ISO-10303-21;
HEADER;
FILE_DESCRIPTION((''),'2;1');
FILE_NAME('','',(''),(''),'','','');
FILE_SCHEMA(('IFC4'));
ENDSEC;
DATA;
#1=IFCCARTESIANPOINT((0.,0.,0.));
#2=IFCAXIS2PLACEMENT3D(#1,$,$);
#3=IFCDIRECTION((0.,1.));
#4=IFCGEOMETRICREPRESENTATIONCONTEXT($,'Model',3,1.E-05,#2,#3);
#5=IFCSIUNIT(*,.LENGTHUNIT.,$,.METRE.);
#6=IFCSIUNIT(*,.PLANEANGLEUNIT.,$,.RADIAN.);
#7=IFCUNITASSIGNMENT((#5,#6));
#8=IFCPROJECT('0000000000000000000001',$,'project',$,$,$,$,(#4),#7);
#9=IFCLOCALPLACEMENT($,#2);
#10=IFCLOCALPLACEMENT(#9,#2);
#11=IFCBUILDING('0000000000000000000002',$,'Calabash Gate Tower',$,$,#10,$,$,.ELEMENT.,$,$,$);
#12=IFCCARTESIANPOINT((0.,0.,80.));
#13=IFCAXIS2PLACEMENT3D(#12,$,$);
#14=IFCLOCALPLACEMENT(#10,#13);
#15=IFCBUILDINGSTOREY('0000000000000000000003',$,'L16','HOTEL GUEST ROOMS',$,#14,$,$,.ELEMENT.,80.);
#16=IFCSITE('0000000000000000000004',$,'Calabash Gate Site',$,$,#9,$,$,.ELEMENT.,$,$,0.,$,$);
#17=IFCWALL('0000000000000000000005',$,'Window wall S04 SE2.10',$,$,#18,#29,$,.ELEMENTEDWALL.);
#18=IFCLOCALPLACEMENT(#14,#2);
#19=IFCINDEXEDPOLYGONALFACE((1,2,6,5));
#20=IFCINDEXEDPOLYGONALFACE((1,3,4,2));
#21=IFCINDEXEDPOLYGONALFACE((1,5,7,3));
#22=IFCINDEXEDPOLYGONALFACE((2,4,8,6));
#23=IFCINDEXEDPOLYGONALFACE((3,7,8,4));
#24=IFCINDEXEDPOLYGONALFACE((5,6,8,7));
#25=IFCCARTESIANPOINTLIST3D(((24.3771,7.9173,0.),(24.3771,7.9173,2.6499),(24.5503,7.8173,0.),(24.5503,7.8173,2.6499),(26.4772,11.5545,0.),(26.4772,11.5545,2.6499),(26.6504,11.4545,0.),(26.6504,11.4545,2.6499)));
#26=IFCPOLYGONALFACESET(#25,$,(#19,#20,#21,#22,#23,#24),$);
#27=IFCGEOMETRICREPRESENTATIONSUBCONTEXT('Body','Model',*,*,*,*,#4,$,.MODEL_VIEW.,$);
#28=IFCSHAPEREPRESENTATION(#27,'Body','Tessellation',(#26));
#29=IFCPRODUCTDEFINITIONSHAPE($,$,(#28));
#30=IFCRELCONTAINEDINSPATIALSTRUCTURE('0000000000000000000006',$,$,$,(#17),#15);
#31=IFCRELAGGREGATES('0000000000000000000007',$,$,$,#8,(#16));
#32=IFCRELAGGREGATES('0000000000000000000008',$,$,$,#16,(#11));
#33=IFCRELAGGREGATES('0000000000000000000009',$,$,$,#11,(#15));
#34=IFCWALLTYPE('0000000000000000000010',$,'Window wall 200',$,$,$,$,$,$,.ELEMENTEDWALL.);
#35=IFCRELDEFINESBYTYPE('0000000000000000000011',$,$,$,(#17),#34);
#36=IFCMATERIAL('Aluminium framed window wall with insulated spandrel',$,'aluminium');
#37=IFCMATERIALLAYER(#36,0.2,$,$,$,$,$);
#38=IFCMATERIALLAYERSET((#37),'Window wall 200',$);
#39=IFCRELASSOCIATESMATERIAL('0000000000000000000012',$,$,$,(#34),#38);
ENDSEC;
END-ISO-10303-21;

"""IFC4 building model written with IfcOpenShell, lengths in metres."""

from ifc_helpers import new_model, si_unit, direction, frame, frame_2d, origin, place, context, subcontext, project, spatial, rectangle, extrude, material, layer, layer_set, type_object, element, save


model = new_model("IFC4")

# Units and contexts
model_context = context("Model", 3, precision=1e-05, world=origin(), true_north=direction((0.0, 1.0)))
body_context = subcontext(model_context, "Body", "Model", "MODEL_VIEW")
ifc_project = project(units=[si_unit("LENGTHUNIT", "METRE"), si_unit("PLANEANGLEUNIT", "RADIAN")], contexts=[model_context])

# Site, building, storey
site_placement = place(None, origin())
site = spatial("IfcSite", under=ifc_project, at=site_placement, Name="Calabash Gate Site", CompositionType="ELEMENT", RefElevation=0.0)
building_placement = place(site_placement, origin())
building = spatial("IfcBuilding", under=site, at=building_placement, Name="Calabash Gate Tower", CompositionType="ELEMENT")
storey_placement = place(building_placement, frame((0.0, 0.0, 80.0)))
storey = spatial("IfcBuildingStorey", under=building, at=storey_placement, Name="L16", Description="HOTEL GUEST ROOMS", CompositionType="ELEMENT", Elevation=80.0)

# Wall
ifc_material_1 = material(Name="Aluminium framed window wall with insulated spandrel", Category="aluminium")
ifc_layer_1 = layer(ifc_material_1, 0.2)
ifc_layer_set_1 = layer_set([ifc_layer_1], Name="Window wall 200")
wall_type_1 = type_object("IfcWallType", Name="Window wall 200", PredefinedType="ELEMENTEDWALL", material=ifc_layer_set_1)
wall_1_placement = place(storey_placement, frame((24.4636, 7.8672, 0.0), z_axis=(0.0, 0.0, 1.0), x_axis=(0.500028, 0.866009, 0.0)))
element("IfcWall", 1, at=wall_1_placement, inside=storey, type_object=wall_type_1, Name="Window wall S04 SE2.10", PredefinedType="ELEMENTEDWALL", context=body_context, shape_type="SweptSolid", body=[
    extrude(rectangle(XDim=4.2, YDim=0.2, at=frame_2d((2.1001, 0.0))), origin(), (0.0, 0.0, 1.0), 2.6499),
])

save(model, "model.ifc")
